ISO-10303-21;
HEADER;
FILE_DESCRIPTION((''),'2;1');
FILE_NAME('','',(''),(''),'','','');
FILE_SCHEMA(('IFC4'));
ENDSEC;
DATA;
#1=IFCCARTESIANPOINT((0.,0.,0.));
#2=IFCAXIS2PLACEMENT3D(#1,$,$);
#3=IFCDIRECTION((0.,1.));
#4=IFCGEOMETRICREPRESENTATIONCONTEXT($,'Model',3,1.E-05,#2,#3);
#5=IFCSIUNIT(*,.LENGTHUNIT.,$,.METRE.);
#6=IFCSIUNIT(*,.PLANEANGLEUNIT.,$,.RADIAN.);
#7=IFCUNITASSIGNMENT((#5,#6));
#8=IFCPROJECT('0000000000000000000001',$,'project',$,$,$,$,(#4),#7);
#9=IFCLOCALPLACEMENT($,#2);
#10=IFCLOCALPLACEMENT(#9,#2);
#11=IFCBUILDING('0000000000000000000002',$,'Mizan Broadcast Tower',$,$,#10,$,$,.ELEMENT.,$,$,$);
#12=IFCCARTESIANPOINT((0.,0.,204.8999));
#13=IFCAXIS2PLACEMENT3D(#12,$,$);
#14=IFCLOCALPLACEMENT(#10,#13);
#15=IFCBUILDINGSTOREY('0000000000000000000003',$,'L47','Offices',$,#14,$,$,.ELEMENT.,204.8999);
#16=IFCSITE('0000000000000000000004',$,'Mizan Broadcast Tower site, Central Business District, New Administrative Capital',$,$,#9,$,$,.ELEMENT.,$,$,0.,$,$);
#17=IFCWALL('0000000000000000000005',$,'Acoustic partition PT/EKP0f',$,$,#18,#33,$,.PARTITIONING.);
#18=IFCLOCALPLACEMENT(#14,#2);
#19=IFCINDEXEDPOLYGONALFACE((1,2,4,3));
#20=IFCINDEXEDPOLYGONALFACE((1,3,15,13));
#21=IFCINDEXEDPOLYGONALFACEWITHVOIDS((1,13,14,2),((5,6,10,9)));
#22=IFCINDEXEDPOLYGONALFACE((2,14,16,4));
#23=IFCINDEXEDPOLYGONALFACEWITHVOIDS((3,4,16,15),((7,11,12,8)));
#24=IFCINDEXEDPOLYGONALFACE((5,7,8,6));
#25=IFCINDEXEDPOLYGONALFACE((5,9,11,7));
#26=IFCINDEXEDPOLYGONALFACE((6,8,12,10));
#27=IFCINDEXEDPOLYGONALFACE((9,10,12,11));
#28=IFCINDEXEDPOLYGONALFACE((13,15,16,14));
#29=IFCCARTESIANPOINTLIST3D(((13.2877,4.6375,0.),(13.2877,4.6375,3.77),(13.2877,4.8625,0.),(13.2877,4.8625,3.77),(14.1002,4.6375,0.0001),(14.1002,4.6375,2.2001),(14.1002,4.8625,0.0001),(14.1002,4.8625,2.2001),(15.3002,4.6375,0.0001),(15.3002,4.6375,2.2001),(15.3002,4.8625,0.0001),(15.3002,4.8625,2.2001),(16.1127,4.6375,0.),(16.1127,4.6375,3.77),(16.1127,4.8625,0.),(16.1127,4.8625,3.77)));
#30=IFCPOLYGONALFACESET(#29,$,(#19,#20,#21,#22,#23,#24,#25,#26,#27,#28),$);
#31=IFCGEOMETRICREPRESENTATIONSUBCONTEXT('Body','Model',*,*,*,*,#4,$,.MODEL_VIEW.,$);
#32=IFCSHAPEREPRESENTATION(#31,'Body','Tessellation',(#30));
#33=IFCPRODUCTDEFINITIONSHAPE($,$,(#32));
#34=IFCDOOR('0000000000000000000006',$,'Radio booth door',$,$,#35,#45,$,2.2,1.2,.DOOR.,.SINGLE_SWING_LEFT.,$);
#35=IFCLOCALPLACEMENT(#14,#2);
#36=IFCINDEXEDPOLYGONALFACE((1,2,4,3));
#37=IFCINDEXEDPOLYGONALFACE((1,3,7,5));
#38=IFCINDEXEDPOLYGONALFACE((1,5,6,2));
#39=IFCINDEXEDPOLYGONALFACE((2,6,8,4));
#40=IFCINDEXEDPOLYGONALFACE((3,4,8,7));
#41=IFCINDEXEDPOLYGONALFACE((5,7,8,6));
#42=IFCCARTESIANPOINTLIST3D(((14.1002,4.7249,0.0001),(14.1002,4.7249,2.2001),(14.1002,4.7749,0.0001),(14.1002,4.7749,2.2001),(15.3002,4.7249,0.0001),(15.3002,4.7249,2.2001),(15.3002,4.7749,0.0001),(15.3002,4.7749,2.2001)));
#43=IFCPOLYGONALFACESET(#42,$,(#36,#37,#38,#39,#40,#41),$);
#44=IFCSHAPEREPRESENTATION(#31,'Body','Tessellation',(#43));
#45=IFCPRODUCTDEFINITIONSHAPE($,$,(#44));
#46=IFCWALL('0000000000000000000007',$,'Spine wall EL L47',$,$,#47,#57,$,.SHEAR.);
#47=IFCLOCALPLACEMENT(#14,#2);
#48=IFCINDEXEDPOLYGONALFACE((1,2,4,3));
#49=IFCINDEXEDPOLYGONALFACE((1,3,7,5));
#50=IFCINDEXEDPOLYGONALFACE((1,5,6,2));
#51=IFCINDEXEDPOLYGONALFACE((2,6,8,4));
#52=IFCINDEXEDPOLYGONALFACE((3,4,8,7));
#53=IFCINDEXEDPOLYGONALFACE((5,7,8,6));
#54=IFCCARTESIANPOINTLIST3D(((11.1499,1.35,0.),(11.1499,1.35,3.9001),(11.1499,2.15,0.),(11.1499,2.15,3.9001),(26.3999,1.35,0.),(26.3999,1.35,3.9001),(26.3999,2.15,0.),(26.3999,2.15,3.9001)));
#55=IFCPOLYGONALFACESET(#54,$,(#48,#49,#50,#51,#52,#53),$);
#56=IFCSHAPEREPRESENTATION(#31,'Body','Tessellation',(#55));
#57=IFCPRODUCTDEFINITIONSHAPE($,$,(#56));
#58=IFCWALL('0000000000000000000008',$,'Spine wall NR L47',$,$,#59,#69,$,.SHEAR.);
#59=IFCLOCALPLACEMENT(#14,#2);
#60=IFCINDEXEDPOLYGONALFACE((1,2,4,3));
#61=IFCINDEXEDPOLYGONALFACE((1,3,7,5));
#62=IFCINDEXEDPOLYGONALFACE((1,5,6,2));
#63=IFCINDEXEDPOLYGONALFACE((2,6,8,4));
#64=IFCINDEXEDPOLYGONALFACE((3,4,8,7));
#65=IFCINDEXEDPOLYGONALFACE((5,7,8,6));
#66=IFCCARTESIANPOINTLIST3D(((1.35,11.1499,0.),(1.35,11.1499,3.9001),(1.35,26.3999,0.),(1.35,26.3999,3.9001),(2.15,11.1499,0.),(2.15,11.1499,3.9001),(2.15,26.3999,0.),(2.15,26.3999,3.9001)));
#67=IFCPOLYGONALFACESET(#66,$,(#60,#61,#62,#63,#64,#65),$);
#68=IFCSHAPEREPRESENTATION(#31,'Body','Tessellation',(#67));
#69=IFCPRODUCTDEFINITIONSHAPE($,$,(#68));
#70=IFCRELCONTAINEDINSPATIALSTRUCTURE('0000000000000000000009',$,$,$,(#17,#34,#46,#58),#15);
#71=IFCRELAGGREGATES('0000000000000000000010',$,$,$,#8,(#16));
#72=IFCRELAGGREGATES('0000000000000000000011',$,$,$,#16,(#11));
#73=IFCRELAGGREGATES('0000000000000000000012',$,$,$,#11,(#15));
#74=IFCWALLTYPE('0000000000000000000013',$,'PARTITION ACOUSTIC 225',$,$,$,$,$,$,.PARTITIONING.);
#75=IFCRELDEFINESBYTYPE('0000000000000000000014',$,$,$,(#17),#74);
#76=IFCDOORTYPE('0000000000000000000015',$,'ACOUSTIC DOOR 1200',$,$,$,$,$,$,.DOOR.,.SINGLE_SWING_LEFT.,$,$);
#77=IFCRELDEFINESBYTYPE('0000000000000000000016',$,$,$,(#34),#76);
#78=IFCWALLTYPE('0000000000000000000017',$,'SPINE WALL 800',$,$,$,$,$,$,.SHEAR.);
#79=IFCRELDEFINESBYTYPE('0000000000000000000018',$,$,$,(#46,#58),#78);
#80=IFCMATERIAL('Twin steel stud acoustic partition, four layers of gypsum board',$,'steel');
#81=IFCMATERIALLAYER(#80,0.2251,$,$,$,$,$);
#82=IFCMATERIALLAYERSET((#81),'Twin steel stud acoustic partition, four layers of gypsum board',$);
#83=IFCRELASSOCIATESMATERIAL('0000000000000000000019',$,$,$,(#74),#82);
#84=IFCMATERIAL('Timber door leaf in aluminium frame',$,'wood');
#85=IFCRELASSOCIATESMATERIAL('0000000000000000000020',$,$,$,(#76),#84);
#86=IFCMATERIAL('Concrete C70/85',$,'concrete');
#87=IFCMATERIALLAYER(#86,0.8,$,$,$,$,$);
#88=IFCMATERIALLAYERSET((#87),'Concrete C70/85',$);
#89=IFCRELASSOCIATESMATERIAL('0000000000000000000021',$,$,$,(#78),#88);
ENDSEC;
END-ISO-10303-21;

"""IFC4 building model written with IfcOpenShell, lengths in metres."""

from ifc_helpers import new_model, si_unit, direction, frame, frame_2d, origin, place, context, subcontext, project, spatial, rectangle, extrude, material, layer, layer_set, type_object, element, fill, save


model = new_model("IFC4")

# Units and contexts
model_context = context("Model", 3, precision=1e-05, world=origin(), true_north=direction((0.0, 1.0)))
body_context = subcontext(model_context, "Body", "Model", "MODEL_VIEW")
ifc_project = project(units=[si_unit("LENGTHUNIT", "METRE"), si_unit("PLANEANGLEUNIT", "RADIAN")], contexts=[model_context])

# Site, building, storey
site_placement = place(None, origin())
site = spatial("IfcSite", under=ifc_project, at=site_placement, Name="Mizan Broadcast Tower site, Central Business District, New Administrative Capital", CompositionType="ELEMENT", RefElevation=0.0)
building_placement = place(site_placement, origin())
building = spatial("IfcBuilding", under=site, at=building_placement, Name="Mizan Broadcast Tower", CompositionType="ELEMENT")
storey_placement = place(building_placement, frame((0.0, 0.0, 204.8999)))
storey = spatial("IfcBuildingStorey", under=building, at=storey_placement, Name="L47", Description="Offices", CompositionType="ELEMENT", Elevation=204.8999)

# Shared definitions
ifc_material_1 = material(Name="Twin steel stud acoustic partition, four layers of gypsum board", Category="steel")
ifc_layer_1 = layer(ifc_material_1, 0.2251)
ifc_layer_set_1 = layer_set([ifc_layer_1], Name="Twin steel stud acoustic partition, four layers of gypsum board")
wall_type_1 = type_object("IfcWallType", Name="PARTITION ACOUSTIC 225", PredefinedType="PARTITIONING", material=ifc_layer_set_1)

# Wall, opening, door
wall_1_placement = place(storey_placement, frame((13.2876, 4.75, 0.0), z_axis=(0.0, 0.0, 1.0), x_axis=(1.0, 0.0, 0.0)))
wall_1 = element("IfcWall", 1, at=wall_1_placement, inside=storey, type_object=wall_type_1, Name="Acoustic partition PT/EKP0f", PredefinedType="PARTITIONING", context=body_context, shape_type="SweptSolid", body=[
    extrude(rectangle(XDim=2.825, YDim=0.2251, at=frame_2d((1.4126, 0.0))), origin(), (0.0, 0.0, 1.0), 3.77),
])
opening_1_placement = place(wall_1_placement, frame((0.8125, 0.0, 0.0)))
opening_1 = element("IfcOpeningElement", 2, at=opening_1_placement, cuts=wall_1, PredefinedType="OPENING", context=body_context, shape_type="SweptSolid", body=[
    extrude(rectangle(XDim=1.2, YDim=2.2, at=frame_2d((0.6001, 1.1001))), frame((0.0, 0.1226, 0.0), z_axis=(0.0, -1.0, 0.0), x_axis=(1.0, 0.0, 0.0)), (0.0, 0.0, 1.0), 0.2451),
])
ifc_material_2 = material(Name="Timber door leaf in aluminium frame", Category="wood")
door_type_1 = type_object("IfcDoorType", Name="ACOUSTIC DOOR 1200", OperationType="SINGLE_SWING_LEFT", PredefinedType="DOOR", material=ifc_material_2)
door_1_placement = place(opening_1_placement, origin())
door_1 = element("IfcDoor", 3, at=door_1_placement, inside=storey, type_object=door_type_1, Name="Radio booth door", OperationType="SINGLE_SWING_LEFT", OverallHeight=2.2, OverallWidth=1.2, PredefinedType="DOOR", context=body_context, shape_type="SweptSolid", body=[
    extrude(rectangle(XDim=1.2, YDim=2.2, at=frame_2d((0.6001, 1.1001))), frame((0.0, 0.0249, 0.0), z_axis=(0.0, -1.0, 0.0), x_axis=(1.0, 0.0, 0.0)), (0.0, 0.0, 1.0), 0.05),
])
fill(opening_1, door_1)

# Walls
ifc_material_3 = material(Name="Concrete C70/85", Category="concrete")
ifc_layer_2 = layer(ifc_material_3, 0.8)
ifc_layer_set_2 = layer_set([ifc_layer_2], Name="Concrete C70/85")
wall_type_2 = type_object("IfcWallType", Name="SPINE WALL 800", PredefinedType="SHEAR", material=ifc_layer_set_2)
for number, where, z_axis, x_axis, name in (
    (4, (11.1499, 1.75, 0.0), (0.0, 0.0, 1.0), (1.0, 0.0, 0.0), "Spine wall EL L47"),
    (5, (1.75, 11.1499, 0.0), (0.0, 0.0, 1.0), (0.0, 1.0, 0.0), "Spine wall NR L47"),
):
    element("IfcWall", number, at=place(storey_placement, frame(where, z_axis=z_axis, x_axis=x_axis)), inside=storey, type_object=wall_type_2, Name=name, PredefinedType="SHEAR", context=body_context, shape_type="SweptSolid", body=[
        extrude(rectangle(XDim=15.25, YDim=0.8, at=frame_2d((7.625, 0.0))), origin(), (0.0, 0.0, 1.0), 3.9001),
    ])

save(model, "model.ifc")
